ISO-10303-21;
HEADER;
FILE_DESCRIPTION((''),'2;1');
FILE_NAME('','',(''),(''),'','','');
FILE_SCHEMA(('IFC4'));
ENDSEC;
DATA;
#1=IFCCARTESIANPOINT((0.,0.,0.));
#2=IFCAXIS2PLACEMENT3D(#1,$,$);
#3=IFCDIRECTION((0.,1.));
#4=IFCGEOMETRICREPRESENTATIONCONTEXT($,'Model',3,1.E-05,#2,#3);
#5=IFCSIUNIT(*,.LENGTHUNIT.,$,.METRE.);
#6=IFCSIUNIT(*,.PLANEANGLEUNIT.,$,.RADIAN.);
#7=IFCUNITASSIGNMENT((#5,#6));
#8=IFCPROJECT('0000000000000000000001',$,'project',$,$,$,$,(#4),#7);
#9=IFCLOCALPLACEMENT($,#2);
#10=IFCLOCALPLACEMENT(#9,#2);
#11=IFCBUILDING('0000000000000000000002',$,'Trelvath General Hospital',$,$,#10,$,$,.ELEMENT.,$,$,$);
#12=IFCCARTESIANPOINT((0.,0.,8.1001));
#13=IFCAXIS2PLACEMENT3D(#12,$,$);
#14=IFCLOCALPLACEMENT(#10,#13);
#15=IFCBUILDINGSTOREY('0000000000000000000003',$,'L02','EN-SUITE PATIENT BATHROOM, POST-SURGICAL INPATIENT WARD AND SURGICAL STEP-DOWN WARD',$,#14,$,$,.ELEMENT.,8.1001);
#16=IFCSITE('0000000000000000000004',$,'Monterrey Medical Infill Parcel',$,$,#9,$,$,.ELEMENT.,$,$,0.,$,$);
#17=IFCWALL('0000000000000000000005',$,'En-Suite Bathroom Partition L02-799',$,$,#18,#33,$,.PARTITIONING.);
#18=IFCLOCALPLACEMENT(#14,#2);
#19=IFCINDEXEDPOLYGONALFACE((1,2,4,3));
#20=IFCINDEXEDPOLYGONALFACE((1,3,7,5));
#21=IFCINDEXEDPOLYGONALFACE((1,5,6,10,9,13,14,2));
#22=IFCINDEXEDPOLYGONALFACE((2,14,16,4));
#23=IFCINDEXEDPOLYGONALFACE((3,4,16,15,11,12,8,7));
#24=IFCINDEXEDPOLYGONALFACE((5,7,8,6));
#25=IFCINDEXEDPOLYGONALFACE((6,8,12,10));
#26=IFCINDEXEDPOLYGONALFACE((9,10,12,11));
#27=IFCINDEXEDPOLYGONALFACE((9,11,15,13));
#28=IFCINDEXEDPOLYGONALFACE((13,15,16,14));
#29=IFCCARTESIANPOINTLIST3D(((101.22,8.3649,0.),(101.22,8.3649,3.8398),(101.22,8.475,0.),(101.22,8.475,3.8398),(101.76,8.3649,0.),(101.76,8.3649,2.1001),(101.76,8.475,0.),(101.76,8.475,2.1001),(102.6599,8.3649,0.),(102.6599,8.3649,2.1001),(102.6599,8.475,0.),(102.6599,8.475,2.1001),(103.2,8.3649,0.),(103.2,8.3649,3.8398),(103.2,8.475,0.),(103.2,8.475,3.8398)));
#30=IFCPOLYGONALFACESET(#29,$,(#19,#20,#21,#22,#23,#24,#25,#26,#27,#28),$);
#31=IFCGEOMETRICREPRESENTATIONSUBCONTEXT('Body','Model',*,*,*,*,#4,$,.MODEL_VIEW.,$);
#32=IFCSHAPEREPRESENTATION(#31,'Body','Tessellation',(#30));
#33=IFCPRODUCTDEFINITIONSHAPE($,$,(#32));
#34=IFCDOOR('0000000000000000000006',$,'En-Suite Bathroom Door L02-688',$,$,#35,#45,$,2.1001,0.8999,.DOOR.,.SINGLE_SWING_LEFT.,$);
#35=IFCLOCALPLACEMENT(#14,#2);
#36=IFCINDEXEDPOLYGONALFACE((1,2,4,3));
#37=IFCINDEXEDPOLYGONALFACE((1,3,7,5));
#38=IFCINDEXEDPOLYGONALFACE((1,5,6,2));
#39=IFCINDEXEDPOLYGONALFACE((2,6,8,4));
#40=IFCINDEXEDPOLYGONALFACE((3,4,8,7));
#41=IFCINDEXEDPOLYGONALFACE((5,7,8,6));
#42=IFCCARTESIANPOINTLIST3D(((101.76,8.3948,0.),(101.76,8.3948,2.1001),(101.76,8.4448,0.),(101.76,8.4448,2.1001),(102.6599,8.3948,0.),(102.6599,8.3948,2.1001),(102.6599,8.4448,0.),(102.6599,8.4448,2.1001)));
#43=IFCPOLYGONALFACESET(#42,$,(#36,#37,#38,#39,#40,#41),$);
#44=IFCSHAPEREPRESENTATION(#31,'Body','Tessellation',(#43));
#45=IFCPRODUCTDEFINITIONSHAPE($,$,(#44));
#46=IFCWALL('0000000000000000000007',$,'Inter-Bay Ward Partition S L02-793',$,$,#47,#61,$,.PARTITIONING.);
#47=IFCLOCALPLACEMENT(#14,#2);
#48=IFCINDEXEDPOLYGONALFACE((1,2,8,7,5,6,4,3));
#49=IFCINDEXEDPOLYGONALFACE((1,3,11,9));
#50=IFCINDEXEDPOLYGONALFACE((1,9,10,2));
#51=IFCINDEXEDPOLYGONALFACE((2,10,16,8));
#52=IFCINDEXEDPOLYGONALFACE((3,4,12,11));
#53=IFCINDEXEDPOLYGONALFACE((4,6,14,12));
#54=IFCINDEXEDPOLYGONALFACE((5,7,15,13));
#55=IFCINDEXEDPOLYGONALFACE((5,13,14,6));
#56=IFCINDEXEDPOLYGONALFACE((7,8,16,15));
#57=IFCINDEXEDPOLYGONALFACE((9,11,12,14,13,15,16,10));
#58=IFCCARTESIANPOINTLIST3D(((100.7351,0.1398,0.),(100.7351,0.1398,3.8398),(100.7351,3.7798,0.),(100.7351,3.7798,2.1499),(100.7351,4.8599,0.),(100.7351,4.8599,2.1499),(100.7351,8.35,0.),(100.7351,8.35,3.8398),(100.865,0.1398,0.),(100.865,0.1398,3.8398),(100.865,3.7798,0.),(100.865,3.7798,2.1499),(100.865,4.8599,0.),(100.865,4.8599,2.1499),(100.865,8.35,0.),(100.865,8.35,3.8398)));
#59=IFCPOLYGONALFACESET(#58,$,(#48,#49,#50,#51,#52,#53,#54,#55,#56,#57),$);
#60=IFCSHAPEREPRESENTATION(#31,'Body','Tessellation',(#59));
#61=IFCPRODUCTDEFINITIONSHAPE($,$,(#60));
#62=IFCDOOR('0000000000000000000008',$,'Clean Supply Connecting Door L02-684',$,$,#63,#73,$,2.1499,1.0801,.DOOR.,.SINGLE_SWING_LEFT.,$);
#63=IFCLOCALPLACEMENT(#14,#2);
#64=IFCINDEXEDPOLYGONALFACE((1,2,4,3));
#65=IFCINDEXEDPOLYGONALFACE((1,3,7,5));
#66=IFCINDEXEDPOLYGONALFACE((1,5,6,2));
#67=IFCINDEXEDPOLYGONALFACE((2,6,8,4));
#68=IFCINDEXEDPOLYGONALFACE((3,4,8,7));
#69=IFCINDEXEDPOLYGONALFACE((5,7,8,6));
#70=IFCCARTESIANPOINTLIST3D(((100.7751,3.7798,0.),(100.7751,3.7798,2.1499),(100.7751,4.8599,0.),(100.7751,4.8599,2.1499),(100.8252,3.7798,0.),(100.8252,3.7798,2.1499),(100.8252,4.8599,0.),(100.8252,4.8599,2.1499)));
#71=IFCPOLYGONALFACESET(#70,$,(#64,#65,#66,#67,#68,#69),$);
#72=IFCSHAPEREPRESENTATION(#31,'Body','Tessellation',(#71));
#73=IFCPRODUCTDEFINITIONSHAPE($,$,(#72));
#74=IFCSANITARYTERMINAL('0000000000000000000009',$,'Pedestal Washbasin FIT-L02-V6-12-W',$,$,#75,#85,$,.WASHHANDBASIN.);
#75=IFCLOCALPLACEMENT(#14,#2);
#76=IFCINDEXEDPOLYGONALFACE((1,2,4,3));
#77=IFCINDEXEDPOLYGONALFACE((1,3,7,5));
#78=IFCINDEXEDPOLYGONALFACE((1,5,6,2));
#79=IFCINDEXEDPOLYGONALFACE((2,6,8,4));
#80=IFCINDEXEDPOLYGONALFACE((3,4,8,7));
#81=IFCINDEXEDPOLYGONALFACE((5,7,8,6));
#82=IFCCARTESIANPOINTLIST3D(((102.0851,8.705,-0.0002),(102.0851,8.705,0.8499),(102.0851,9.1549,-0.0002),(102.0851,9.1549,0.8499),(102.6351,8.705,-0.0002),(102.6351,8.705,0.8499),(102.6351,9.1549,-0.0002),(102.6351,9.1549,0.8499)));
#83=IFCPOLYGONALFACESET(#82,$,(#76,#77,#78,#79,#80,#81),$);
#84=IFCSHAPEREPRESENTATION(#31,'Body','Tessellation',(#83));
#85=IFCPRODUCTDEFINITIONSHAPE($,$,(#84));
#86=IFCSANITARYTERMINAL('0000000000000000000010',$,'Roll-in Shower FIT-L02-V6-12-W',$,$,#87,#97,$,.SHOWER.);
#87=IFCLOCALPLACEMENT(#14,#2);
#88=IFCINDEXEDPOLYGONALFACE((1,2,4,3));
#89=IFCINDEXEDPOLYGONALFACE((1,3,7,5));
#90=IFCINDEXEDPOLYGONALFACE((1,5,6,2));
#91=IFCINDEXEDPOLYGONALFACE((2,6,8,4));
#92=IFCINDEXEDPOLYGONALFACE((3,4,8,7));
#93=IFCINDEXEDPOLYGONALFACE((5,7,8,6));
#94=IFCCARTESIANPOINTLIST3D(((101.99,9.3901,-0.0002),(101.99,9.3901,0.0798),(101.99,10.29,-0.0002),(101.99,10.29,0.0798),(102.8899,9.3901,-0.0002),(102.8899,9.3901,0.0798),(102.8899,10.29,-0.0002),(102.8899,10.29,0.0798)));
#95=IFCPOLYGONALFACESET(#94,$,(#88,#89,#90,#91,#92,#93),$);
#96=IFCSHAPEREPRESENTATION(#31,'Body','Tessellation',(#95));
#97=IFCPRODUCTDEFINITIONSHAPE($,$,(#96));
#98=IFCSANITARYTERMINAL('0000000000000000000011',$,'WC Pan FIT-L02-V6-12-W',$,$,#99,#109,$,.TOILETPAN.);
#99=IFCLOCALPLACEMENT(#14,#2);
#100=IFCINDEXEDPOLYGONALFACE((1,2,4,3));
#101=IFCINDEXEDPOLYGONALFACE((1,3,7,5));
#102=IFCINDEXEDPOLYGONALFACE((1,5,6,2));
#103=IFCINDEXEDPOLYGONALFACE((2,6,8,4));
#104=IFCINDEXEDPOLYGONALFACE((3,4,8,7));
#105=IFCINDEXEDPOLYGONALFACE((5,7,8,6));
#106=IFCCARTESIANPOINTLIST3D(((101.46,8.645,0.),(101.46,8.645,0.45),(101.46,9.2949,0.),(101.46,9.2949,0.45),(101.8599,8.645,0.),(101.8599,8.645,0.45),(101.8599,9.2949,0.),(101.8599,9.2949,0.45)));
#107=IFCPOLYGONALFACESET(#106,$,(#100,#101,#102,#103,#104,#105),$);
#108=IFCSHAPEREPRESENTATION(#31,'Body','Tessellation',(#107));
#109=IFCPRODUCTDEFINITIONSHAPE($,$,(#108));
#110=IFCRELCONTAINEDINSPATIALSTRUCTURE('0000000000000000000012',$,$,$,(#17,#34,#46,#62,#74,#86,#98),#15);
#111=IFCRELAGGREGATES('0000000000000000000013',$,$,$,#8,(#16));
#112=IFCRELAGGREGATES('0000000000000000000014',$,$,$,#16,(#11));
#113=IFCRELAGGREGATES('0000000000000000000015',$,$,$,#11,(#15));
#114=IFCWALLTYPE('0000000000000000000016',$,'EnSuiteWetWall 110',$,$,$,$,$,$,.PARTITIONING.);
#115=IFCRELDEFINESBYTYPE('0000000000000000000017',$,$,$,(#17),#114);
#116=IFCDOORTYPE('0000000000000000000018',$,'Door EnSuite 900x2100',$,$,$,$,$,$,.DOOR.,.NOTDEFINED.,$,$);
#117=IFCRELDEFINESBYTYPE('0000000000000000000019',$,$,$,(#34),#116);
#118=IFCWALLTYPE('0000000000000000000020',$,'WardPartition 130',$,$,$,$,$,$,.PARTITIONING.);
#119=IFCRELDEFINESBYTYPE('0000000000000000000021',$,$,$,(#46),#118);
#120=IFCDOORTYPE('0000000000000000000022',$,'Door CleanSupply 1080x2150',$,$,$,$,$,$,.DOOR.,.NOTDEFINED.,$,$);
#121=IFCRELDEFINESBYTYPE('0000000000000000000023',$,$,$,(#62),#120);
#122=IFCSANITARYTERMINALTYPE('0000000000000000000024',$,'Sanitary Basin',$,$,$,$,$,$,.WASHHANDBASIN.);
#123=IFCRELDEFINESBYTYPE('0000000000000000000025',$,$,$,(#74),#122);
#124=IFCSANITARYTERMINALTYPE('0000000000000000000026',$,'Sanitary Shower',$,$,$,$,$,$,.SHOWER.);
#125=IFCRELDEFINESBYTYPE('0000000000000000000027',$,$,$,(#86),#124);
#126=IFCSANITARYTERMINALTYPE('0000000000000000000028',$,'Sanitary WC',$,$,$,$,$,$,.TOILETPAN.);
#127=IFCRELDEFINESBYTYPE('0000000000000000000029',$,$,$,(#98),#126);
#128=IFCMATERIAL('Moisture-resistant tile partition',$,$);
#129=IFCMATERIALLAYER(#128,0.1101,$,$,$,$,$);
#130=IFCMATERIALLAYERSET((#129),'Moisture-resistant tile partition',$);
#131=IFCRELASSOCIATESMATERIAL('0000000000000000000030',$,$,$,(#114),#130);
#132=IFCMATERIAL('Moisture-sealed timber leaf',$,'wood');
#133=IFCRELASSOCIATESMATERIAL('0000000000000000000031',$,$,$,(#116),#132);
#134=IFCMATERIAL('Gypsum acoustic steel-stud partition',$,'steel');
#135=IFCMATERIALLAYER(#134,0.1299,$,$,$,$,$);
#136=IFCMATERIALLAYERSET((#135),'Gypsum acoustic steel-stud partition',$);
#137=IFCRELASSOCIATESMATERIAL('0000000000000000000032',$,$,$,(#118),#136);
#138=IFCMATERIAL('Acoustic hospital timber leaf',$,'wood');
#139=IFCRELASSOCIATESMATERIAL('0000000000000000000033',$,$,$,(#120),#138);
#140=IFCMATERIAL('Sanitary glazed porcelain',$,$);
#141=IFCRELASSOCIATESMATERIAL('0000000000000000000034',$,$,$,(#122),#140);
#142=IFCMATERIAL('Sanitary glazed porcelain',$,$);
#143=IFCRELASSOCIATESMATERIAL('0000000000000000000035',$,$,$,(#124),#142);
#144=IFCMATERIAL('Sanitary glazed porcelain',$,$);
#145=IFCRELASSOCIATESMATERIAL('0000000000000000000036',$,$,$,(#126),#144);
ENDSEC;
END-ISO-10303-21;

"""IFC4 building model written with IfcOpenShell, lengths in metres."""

from ifc_helpers import new_model, si_unit, direction, frame, frame_2d, origin, origin_2d, place, context, subcontext, project, spatial, rectangle, extrude, material, layer, layer_set, type_object, element, fill, save


model = new_model("IFC4")

# Units and contexts
model_context = context("Model", 3, precision=1e-05, world=origin(), true_north=direction((0.0, 1.0)))
body_context = subcontext(model_context, "Body", "Model", "MODEL_VIEW")
ifc_project = project(units=[si_unit("LENGTHUNIT", "METRE"), si_unit("PLANEANGLEUNIT", "RADIAN")], contexts=[model_context])

# Site, building, storey
site_placement = place(None, origin())
site = spatial("IfcSite", under=ifc_project, at=site_placement, Name="Monterrey Medical Infill Parcel", CompositionType="ELEMENT", RefElevation=0.0)
building_placement = place(site_placement, origin())
building = spatial("IfcBuilding", under=site, at=building_placement, Name="Trelvath General Hospital", CompositionType="ELEMENT")
storey_placement = place(building_placement, frame((0.0, 0.0, 8.1001)))
storey = spatial("IfcBuildingStorey", under=building, at=storey_placement, Name="L02", Description="EN-SUITE PATIENT BATHROOM, POST-SURGICAL INPATIENT WARD AND SURGICAL STEP-DOWN WARD", CompositionType="ELEMENT", Elevation=8.1001)

# Shared definitions
ifc_material_1 = material(Name="Moisture-resistant tile partition")
ifc_layer_1 = layer(ifc_material_1, 0.1101)
ifc_layer_set_1 = layer_set([ifc_layer_1], Name="Moisture-resistant tile partition")
wall_type_1 = type_object("IfcWallType", Name="EnSuiteWetWall 110", PredefinedType="PARTITIONING", material=ifc_layer_set_1)

# Walls, openings, doors
wall_1_placement = place(storey_placement, frame((101.22, 8.4199, 0.0), z_axis=(0.0, 0.0, 1.0), x_axis=(1.0, 0.0, 0.0)))
wall_1 = element("IfcWall", 1, at=wall_1_placement, inside=storey, type_object=wall_type_1, Name="En-Suite Bathroom Partition L02-799", PredefinedType="PARTITIONING", context=body_context, shape_type="SweptSolid", body=[
    extrude(rectangle(XDim=1.98, YDim=0.1101, at=frame_2d((0.99, 0.0))), origin(), (0.0, 0.0, 1.0), 3.8398),
])
opening_1_placement = place(wall_1_placement, frame((0.54, 0.0, 0.0)))
opening_1 = element("IfcOpeningElement", 2, at=opening_1_placement, cuts=wall_1, PredefinedType="OPENING", context=body_context, shape_type="SweptSolid", body=[
    extrude(rectangle(XDim=0.8999, YDim=2.1001, at=frame_2d((0.45, 1.05))), frame((0.0, 0.0649, 0.0), z_axis=(0.0, -1.0, 0.0), x_axis=(1.0, 0.0, 0.0)), (0.0, 0.0, 1.0), 0.1301),
])
ifc_material_2 = material(Name="Moisture-sealed timber leaf", Category="wood")
door_type_1 = type_object("IfcDoorType", Name="Door EnSuite 900x2100", OperationType="NOTDEFINED", PredefinedType="DOOR", material=ifc_material_2)
door_1_placement = place(opening_1_placement, origin())
door_1 = element("IfcDoor", 3, at=door_1_placement, inside=storey, type_object=door_type_1, Name="En-Suite Bathroom Door L02-688", OperationType="SINGLE_SWING_LEFT", OverallHeight=2.1001, OverallWidth=0.8999, PredefinedType="DOOR", context=body_context, shape_type="SweptSolid", body=[
    extrude(rectangle(XDim=0.8999, YDim=2.1001, at=frame_2d((0.45, 1.05))), frame((0.0, 0.0249, 0.0), z_axis=(0.0, -1.0, 0.0), x_axis=(1.0, 0.0, 0.0)), (0.0, 0.0, 1.0), 0.05),
])
fill(opening_1, door_1)
ifc_material_3 = material(Name="Gypsum acoustic steel-stud partition", Category="steel")
ifc_layer_2 = layer(ifc_material_3, 0.1299)
ifc_layer_set_2 = layer_set([ifc_layer_2], Name="Gypsum acoustic steel-stud partition")
wall_type_2 = type_object("IfcWallType", Name="WardPartition 130", PredefinedType="PARTITIONING", material=ifc_layer_set_2)
wall_2_placement = place(storey_placement, frame((100.8, 0.1399, 0.0), z_axis=(0.0, 0.0, 1.0), x_axis=(0.0, 1.0, 0.0)))
wall_2 = element("IfcWall", 4, at=wall_2_placement, inside=storey, type_object=wall_type_2, Name="Inter-Bay Ward Partition S L02-793", PredefinedType="PARTITIONING", context=body_context, shape_type="SweptSolid", body=[
    extrude(rectangle(XDim=8.2102, YDim=0.1299, at=frame_2d((4.105, 0.0))), origin(), (0.0, 0.0, 1.0), 3.8398),
])
opening_2_placement = place(wall_2_placement, frame((3.6399, 0.0, 0.0)))
opening_2 = element("IfcOpeningElement", 5, at=opening_2_placement, cuts=wall_2, PredefinedType="OPENING", context=body_context, shape_type="SweptSolid", body=[
    extrude(rectangle(XDim=1.0801, YDim=2.1499, at=frame_2d((0.54, 1.075))), frame((0.0, 0.075, 0.0), z_axis=(0.0, -1.0, 0.0), x_axis=(1.0, 0.0, 0.0)), (0.0, 0.0, 1.0), 0.1499),
])
ifc_material_4 = material(Name="Acoustic hospital timber leaf", Category="wood")
door_type_2 = type_object("IfcDoorType", Name="Door CleanSupply 1080x2150", OperationType="NOTDEFINED", PredefinedType="DOOR", material=ifc_material_4)
door_2_placement = place(opening_2_placement, origin())
door_2 = element("IfcDoor", 6, at=door_2_placement, inside=storey, type_object=door_type_2, Name="Clean Supply Connecting Door L02-684", OperationType="SINGLE_SWING_LEFT", OverallHeight=2.1499, OverallWidth=1.0801, PredefinedType="DOOR", context=body_context, shape_type="SweptSolid", body=[
    extrude(rectangle(XDim=1.0801, YDim=2.1499, at=frame_2d((0.54, 1.075))), frame((0.0, 0.0249, 0.0), z_axis=(0.0, -1.0, 0.0), x_axis=(1.0, 0.0, 0.0)), (0.0, 0.0, 1.0), 0.05),
])
fill(opening_2, door_2)

# Sanitary terminals
ifc_material_5 = material(Name="Sanitary glazed porcelain")
sanitary_terminal_type_1 = type_object("IfcSanitaryTerminalType", Name="Sanitary Basin", PredefinedType="WASHHANDBASIN", material=ifc_material_5)
sanitary_terminal_1_placement = place(storey_placement, frame((102.3601, 8.9299, -0.0002), z_axis=(0.0, 0.0, 1.0), x_axis=(1.0, 0.0, 0.0)))
element("IfcSanitaryTerminal", 7, at=sanitary_terminal_1_placement, inside=storey, type_object=sanitary_terminal_type_1, Name="Pedestal Washbasin FIT-L02-V6-12-W", PredefinedType="WASHHANDBASIN", context=body_context, shape_type="SweptSolid", body=[
    extrude(rectangle(XDim=0.55, YDim=0.45, at=origin_2d()), origin(), (0.0, 0.0, 1.0), 0.8501),
])
ifc_material_6 = material(Name="Sanitary glazed porcelain")
sanitary_terminal_type_2 = type_object("IfcSanitaryTerminalType", Name="Sanitary Shower", PredefinedType="SHOWER", material=ifc_material_6)
sanitary_terminal_2_placement = place(storey_placement, frame((102.4399, 9.8401, -0.0002), z_axis=(0.0, 0.0, 1.0), x_axis=(1.0, 0.0, 0.0)))
element("IfcSanitaryTerminal", 8, at=sanitary_terminal_2_placement, inside=storey, type_object=sanitary_terminal_type_2, Name="Roll-in Shower FIT-L02-V6-12-W", PredefinedType="SHOWER", context=body_context, shape_type="SweptSolid", body=[
    extrude(rectangle(XDim=0.8999, YDim=0.8999, at=origin_2d()), origin(), (0.0, 0.0, 1.0), 0.0801),
])
ifc_material_7 = material(Name="Sanitary glazed porcelain")
sanitary_terminal_type_3 = type_object("IfcSanitaryTerminalType", Name="Sanitary WC", PredefinedType="TOILETPAN", material=ifc_material_7)
sanitary_terminal_3_placement = place(storey_placement, frame((101.6599, 8.97, 0.0), z_axis=(0.0, 0.0, 1.0), x_axis=(1.0, 0.0, 0.0)))
element("IfcSanitaryTerminal", 9, at=sanitary_terminal_3_placement, inside=storey, type_object=sanitary_terminal_type_3, Name="WC Pan FIT-L02-V6-12-W", PredefinedType="TOILETPAN", context=body_context, shape_type="SweptSolid", body=[
    extrude(rectangle(XDim=0.3999, YDim=0.6499, at=origin_2d()), origin(), (0.0, 0.0, 1.0), 0.45),
])

save(model, "model.ifc")
